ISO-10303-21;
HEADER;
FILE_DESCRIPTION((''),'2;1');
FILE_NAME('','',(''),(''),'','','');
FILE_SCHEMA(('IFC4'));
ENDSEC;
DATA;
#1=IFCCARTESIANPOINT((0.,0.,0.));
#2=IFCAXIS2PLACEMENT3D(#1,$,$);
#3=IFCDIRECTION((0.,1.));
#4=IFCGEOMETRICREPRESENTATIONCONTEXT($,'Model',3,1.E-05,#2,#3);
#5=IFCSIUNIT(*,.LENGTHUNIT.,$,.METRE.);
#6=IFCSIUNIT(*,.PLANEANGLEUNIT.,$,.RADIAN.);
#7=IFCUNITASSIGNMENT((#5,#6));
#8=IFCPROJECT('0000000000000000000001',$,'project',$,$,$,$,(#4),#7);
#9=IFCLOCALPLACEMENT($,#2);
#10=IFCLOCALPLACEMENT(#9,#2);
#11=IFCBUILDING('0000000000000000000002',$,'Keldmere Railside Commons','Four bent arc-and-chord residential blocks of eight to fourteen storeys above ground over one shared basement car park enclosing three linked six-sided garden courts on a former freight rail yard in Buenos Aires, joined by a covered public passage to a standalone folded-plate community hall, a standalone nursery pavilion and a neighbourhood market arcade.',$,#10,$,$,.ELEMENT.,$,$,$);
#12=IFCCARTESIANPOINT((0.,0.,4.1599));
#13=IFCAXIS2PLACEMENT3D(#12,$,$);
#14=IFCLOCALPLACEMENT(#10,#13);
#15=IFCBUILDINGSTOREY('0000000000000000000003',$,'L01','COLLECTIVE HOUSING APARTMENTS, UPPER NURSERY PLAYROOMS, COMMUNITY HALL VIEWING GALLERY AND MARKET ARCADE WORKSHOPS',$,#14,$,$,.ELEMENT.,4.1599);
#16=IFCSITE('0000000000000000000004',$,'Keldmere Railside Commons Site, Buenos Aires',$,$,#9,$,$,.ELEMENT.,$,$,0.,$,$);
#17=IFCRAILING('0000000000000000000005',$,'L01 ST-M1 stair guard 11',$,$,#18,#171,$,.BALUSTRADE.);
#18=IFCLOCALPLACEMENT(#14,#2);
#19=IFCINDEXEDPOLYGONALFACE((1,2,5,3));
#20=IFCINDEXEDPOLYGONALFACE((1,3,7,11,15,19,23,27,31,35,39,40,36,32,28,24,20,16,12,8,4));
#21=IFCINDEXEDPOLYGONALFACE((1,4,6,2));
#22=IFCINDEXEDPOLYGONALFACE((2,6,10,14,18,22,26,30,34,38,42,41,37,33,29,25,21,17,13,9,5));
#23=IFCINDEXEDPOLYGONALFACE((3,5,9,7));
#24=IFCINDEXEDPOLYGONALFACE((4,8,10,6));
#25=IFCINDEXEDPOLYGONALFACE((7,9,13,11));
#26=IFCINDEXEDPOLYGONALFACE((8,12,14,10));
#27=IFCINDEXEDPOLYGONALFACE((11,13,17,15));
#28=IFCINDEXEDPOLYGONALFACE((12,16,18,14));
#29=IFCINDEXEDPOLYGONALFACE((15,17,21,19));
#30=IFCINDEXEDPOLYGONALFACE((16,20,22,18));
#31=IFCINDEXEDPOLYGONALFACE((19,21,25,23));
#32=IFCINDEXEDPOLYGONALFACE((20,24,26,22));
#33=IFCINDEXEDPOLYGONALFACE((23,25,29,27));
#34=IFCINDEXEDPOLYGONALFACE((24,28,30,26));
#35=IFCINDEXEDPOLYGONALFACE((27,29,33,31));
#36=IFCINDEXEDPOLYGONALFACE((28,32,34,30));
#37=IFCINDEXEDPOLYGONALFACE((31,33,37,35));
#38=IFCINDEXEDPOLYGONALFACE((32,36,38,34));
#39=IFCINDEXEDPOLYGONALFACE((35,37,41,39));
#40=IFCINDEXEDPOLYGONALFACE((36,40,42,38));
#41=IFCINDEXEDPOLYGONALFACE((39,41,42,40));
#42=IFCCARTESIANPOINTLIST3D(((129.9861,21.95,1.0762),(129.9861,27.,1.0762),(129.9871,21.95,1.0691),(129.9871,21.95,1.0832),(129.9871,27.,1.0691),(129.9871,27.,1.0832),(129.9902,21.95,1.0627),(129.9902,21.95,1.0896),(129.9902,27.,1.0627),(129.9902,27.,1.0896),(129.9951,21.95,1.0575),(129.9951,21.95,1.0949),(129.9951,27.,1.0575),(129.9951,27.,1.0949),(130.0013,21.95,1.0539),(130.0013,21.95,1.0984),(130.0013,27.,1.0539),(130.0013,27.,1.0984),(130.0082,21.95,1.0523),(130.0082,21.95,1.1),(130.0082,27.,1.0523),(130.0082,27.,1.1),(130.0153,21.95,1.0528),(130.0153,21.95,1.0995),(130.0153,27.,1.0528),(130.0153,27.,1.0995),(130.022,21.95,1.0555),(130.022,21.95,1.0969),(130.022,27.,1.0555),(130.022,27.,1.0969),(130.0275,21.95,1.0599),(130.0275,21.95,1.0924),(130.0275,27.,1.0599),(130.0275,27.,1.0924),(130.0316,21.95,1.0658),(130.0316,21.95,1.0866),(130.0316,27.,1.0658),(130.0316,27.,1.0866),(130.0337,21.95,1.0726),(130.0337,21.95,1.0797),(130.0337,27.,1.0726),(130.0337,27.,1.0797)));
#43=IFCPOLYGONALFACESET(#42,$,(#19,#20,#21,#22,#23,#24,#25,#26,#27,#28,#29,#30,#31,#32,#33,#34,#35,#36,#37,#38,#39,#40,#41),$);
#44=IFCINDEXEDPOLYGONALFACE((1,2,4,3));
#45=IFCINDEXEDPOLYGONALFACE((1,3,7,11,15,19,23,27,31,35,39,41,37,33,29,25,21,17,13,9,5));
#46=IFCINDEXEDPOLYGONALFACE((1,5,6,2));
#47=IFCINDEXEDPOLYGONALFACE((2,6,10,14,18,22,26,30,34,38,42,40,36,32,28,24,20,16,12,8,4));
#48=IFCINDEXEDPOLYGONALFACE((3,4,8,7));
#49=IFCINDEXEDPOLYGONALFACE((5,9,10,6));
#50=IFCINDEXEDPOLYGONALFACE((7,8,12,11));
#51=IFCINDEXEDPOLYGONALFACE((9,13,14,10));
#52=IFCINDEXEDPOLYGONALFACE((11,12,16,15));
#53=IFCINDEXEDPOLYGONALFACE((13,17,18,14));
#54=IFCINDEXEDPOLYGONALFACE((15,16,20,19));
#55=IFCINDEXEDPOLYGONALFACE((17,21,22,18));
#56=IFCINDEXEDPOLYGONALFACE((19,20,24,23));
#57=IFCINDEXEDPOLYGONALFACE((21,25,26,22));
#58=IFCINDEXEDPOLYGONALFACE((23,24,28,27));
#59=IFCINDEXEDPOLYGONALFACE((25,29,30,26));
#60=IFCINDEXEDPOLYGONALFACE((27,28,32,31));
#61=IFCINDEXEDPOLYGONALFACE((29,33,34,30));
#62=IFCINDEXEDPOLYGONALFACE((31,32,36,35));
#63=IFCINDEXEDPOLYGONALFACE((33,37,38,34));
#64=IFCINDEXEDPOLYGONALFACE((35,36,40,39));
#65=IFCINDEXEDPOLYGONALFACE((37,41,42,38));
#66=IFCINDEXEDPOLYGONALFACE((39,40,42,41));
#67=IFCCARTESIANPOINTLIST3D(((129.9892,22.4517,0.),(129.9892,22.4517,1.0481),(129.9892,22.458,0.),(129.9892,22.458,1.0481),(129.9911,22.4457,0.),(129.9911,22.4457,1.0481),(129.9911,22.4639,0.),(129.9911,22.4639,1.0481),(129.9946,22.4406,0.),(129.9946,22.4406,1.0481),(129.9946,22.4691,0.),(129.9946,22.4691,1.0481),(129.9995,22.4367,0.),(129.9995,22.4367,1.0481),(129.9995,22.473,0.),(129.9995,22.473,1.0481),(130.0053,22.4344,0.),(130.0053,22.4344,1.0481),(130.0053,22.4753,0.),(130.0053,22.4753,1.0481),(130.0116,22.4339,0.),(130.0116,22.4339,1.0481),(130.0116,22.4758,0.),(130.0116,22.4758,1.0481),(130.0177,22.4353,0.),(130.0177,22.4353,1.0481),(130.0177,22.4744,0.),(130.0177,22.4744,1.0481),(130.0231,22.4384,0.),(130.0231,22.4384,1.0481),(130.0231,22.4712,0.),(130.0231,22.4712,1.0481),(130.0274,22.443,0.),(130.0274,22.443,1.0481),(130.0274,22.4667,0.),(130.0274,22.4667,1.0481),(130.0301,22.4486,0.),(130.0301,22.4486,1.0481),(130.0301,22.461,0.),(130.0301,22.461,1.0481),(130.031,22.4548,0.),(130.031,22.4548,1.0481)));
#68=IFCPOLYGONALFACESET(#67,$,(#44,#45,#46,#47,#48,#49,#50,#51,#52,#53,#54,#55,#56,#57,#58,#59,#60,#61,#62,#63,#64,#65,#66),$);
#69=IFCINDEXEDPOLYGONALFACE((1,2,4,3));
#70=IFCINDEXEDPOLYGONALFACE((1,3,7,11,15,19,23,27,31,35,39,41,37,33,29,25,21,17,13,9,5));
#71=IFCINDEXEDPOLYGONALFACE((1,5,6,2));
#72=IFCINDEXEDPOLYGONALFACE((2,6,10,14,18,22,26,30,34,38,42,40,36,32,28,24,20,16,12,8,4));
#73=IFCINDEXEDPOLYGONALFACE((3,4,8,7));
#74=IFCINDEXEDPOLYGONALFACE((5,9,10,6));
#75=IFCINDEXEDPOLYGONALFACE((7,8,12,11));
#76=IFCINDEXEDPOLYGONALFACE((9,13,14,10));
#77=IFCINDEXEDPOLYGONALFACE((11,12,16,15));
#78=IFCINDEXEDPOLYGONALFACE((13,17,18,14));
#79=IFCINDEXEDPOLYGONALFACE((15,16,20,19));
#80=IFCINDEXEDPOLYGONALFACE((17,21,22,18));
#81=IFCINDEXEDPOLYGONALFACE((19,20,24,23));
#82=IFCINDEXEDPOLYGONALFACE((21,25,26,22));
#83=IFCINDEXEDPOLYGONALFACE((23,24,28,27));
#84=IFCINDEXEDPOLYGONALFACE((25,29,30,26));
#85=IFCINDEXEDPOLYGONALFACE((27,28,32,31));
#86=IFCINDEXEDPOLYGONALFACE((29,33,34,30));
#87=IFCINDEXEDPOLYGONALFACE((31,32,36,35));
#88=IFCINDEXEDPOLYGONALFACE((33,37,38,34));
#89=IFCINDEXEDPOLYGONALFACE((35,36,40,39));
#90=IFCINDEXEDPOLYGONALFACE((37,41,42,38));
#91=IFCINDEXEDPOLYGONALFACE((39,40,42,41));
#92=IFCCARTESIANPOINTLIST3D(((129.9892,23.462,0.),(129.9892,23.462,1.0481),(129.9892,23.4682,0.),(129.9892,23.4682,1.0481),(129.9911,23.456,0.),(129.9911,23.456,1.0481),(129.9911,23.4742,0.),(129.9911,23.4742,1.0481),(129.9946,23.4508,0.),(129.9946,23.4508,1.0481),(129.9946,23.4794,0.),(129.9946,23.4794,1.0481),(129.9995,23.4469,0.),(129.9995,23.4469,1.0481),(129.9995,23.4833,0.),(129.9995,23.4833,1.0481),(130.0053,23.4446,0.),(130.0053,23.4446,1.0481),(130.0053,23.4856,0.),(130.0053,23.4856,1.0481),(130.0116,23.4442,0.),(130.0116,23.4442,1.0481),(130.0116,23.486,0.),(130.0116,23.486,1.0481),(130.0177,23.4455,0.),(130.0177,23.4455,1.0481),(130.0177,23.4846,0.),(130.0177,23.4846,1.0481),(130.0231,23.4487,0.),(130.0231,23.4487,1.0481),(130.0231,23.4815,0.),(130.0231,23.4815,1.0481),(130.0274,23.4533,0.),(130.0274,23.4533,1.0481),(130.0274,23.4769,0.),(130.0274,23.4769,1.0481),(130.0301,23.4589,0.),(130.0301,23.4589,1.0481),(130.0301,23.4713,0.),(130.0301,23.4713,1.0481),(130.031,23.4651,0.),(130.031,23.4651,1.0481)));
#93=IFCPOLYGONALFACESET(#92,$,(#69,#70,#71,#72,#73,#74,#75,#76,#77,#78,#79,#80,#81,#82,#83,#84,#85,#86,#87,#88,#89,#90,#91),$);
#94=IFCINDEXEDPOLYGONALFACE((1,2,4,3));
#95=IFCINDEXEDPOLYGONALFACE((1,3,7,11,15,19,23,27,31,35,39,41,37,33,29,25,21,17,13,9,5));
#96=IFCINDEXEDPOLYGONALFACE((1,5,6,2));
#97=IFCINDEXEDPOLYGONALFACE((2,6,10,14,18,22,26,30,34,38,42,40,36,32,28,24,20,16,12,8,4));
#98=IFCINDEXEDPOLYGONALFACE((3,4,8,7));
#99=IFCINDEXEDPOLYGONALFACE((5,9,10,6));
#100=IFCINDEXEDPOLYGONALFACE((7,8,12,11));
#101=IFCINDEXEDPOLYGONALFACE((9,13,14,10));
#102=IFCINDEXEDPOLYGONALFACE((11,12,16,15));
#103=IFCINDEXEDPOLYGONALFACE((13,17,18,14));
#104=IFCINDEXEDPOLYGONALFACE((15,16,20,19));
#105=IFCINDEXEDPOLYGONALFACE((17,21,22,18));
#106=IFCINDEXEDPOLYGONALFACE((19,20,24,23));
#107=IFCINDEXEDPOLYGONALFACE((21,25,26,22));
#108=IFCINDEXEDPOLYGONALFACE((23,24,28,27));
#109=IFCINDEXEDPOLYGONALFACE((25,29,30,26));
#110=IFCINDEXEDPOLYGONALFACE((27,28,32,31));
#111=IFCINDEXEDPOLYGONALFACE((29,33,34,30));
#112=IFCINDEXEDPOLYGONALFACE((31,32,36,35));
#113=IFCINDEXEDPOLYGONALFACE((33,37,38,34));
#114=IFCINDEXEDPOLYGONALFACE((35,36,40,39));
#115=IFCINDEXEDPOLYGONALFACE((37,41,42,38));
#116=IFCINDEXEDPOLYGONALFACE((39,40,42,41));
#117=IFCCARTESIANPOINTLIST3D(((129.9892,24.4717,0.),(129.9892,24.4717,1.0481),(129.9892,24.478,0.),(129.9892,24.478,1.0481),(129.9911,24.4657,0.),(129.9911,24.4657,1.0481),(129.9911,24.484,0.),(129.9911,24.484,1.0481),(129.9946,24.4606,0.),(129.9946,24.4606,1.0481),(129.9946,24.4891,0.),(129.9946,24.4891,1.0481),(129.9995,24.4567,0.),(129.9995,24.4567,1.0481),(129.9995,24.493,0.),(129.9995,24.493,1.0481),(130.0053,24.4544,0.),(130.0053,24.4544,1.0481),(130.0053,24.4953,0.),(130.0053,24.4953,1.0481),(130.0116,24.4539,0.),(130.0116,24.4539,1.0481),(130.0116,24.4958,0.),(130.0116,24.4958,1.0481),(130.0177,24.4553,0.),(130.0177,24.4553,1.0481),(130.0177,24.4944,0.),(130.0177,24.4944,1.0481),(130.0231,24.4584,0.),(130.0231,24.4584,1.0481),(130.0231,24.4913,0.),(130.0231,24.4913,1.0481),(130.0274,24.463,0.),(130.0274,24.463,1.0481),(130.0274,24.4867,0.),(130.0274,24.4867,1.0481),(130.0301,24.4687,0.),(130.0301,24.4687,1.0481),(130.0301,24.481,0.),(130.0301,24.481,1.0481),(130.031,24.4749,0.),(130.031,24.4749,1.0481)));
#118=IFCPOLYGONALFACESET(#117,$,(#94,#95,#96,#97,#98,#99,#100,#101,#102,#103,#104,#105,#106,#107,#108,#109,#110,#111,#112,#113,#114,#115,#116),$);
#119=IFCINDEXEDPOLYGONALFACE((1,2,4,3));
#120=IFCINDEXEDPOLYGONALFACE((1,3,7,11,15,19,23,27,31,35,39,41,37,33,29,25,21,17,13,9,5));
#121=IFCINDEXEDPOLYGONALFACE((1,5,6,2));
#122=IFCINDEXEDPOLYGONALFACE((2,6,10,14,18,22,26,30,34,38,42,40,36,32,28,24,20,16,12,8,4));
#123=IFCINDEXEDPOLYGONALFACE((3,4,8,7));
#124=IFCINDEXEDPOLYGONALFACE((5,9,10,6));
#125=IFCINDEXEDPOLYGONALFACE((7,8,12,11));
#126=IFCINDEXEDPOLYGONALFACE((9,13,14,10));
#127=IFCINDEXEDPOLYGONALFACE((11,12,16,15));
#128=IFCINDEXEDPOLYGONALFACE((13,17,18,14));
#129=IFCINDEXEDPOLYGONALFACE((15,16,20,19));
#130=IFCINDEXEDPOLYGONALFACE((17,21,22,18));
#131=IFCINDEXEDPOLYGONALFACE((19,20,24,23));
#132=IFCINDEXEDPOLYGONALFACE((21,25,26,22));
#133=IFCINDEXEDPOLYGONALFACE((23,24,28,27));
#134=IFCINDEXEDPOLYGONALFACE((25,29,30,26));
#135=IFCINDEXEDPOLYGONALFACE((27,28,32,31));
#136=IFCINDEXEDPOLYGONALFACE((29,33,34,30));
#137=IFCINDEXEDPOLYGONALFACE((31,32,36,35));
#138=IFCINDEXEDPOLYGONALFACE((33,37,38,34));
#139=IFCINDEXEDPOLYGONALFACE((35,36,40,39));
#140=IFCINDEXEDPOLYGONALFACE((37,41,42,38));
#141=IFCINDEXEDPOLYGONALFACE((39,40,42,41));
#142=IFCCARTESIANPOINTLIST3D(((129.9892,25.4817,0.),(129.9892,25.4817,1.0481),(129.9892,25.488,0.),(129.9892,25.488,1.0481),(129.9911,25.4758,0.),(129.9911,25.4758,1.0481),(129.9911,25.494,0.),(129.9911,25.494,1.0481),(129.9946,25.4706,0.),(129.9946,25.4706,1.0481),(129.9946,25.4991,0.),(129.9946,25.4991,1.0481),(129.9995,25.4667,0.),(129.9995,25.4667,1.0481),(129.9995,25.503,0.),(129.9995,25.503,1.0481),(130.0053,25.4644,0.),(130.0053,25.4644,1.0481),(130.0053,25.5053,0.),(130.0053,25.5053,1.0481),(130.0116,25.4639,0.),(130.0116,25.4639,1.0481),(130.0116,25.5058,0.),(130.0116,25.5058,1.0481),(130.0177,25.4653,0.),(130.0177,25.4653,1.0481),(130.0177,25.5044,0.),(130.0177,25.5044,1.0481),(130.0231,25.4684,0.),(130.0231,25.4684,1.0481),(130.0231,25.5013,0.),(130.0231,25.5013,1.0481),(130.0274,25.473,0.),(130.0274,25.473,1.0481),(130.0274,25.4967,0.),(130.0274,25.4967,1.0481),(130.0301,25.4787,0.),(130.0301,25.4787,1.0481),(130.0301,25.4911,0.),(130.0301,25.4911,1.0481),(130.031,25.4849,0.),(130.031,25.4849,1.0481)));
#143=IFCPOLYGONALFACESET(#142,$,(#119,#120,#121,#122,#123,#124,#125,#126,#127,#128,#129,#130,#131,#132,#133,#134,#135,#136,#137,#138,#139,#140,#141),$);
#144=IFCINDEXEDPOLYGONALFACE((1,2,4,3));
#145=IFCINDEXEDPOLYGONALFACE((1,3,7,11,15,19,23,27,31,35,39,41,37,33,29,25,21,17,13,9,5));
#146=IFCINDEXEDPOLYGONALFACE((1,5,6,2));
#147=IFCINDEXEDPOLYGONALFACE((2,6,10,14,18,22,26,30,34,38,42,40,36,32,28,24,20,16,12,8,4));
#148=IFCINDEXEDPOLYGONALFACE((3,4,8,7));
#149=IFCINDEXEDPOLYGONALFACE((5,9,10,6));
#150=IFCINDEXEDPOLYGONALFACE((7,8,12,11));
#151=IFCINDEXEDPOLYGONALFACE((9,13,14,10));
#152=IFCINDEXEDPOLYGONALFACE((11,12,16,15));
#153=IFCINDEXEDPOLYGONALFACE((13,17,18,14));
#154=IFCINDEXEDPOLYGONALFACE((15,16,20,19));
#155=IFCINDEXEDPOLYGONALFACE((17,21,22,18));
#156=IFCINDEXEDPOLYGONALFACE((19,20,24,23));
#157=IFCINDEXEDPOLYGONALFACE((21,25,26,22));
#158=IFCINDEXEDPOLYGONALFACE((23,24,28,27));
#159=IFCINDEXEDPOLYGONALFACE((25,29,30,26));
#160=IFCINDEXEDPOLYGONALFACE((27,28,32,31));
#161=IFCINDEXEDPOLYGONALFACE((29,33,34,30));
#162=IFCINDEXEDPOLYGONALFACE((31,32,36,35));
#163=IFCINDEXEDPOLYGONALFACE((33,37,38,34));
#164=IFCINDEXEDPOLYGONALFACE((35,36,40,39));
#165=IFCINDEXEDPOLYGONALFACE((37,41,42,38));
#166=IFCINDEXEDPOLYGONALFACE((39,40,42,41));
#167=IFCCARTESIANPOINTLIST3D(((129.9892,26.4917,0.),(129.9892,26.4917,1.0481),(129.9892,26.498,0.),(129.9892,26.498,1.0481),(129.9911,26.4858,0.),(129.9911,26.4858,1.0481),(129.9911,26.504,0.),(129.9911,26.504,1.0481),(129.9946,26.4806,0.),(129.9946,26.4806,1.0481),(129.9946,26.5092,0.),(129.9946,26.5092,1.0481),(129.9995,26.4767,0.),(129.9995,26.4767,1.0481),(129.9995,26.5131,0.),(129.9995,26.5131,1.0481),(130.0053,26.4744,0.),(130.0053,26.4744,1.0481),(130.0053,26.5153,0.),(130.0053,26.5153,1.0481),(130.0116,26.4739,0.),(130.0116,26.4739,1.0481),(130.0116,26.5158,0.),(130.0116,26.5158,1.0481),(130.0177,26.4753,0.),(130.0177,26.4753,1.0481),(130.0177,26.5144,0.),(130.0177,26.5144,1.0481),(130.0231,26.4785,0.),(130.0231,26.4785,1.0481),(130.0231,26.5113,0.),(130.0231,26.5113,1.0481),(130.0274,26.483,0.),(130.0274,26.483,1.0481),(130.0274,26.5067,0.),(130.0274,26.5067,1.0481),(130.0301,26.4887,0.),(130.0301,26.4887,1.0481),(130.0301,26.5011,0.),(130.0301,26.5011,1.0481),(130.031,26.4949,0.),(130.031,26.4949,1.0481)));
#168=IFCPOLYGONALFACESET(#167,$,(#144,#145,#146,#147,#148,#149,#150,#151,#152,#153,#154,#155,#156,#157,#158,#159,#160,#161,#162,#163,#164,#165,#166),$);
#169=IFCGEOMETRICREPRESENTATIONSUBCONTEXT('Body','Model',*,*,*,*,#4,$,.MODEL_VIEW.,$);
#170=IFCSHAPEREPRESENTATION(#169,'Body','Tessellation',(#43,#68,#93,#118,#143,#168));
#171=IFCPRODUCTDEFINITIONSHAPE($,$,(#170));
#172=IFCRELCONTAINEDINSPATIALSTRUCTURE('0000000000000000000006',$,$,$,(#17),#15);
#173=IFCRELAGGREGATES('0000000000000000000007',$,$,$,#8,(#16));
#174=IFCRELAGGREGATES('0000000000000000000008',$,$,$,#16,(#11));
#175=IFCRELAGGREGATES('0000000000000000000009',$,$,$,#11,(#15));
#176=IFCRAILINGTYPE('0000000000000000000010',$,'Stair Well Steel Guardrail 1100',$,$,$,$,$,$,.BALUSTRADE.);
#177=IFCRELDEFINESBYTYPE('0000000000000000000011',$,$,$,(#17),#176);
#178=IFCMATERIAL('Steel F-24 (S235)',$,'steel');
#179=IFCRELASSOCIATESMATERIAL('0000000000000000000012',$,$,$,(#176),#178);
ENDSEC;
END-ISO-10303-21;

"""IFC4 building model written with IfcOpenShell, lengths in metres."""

from ifc_helpers import new_model, si_unit, direction, frame, origin, origin_2d, place, context, subcontext, project, spatial, circle, extrude, material, type_object, element, save


model = new_model("IFC4")

# Units and contexts
model_context = context("Model", 3, precision=1e-05, world=origin(), true_north=direction((0.0, 1.0)))
body_context = subcontext(model_context, "Body", "Model", "MODEL_VIEW")
ifc_project = project(units=[si_unit("LENGTHUNIT", "METRE"), si_unit("PLANEANGLEUNIT", "RADIAN")], contexts=[model_context])

# Site, building, storey
site_placement = place(None, origin())
site = spatial("IfcSite", under=ifc_project, at=site_placement, Name="Keldmere Railside Commons Site, Buenos Aires", CompositionType="ELEMENT", RefElevation=0.0)
building_placement = place(site_placement, origin())
building = spatial("IfcBuilding", under=site, at=building_placement, Name="Keldmere Railside Commons", Description="Four bent arc-and-chord residential blocks of eight to fourteen storeys above ground over one shared basement car park enclosing three linked six-sided garden courts on a former freight rail yard in Buenos Aires, joined by a covered public passage to a standalone folded-plate community hall, a standalone nursery pavilion and a neighbourhood market arcade.", CompositionType="ELEMENT")
storey_placement = place(building_placement, frame((0.0, 0.0, 4.1599)))
storey = spatial("IfcBuildingStorey", under=building, at=storey_placement, Name="L01", Description="COLLECTIVE HOUSING APARTMENTS, UPPER NURSERY PLAYROOMS, COMMUNITY HALL VIEWING GALLERY AND MARKET ARCADE WORKSHOPS", CompositionType="ELEMENT", Elevation=4.1599)

# Shared definitions
ifc_material_1 = material(Name="Steel F-24 (S235)", Category="steel")

# Railing
railing_type_1 = type_object("IfcRailingType", Name="Stair Well Steel Guardrail 1100", PredefinedType="BALUSTRADE", material=ifc_material_1)
railing_1_placement = place(storey_placement, frame((130.01, 21.95, 0.0)))
element("IfcRailing", 1, at=railing_1_placement, inside=storey, type_object=railing_type_1, Name="L01 ST-M1 stair guard 11", PredefinedType="BALUSTRADE", context=body_context, shape_type="SweptSolid", body=[
    extrude(circle(Radius=0.0239, at=origin_2d()), frame((0.0, 0.0, 1.0762), z_axis=(0.0, 1.0, 0.0), x_axis=(-1.0, 0.0, 0.0)), (0.0, 0.0, 1.0), 5.05),
    extrude(circle(Radius=0.021, at=origin_2d()), frame((0.0, 0.5049, 0.0)), (0.0, 0.0, 1.0), 1.0481),
    extrude(circle(Radius=0.021, at=origin_2d()), frame((0.0, 1.5151, 0.0)), (0.0, 0.0, 1.0), 1.0481),
    extrude(circle(Radius=0.021, at=origin_2d()), frame((0.0, 2.5249, 0.0)), (0.0, 0.0, 1.0), 1.0481),
    extrude(circle(Radius=0.021, at=origin_2d()), frame((0.0, 3.5349, 0.0)), (0.0, 0.0, 1.0), 1.0481),
    extrude(circle(Radius=0.021, at=origin_2d()), frame((0.0, 4.5449, 0.0)), (0.0, 0.0, 1.0), 1.0481),
])

save(model, "model.ifc")
